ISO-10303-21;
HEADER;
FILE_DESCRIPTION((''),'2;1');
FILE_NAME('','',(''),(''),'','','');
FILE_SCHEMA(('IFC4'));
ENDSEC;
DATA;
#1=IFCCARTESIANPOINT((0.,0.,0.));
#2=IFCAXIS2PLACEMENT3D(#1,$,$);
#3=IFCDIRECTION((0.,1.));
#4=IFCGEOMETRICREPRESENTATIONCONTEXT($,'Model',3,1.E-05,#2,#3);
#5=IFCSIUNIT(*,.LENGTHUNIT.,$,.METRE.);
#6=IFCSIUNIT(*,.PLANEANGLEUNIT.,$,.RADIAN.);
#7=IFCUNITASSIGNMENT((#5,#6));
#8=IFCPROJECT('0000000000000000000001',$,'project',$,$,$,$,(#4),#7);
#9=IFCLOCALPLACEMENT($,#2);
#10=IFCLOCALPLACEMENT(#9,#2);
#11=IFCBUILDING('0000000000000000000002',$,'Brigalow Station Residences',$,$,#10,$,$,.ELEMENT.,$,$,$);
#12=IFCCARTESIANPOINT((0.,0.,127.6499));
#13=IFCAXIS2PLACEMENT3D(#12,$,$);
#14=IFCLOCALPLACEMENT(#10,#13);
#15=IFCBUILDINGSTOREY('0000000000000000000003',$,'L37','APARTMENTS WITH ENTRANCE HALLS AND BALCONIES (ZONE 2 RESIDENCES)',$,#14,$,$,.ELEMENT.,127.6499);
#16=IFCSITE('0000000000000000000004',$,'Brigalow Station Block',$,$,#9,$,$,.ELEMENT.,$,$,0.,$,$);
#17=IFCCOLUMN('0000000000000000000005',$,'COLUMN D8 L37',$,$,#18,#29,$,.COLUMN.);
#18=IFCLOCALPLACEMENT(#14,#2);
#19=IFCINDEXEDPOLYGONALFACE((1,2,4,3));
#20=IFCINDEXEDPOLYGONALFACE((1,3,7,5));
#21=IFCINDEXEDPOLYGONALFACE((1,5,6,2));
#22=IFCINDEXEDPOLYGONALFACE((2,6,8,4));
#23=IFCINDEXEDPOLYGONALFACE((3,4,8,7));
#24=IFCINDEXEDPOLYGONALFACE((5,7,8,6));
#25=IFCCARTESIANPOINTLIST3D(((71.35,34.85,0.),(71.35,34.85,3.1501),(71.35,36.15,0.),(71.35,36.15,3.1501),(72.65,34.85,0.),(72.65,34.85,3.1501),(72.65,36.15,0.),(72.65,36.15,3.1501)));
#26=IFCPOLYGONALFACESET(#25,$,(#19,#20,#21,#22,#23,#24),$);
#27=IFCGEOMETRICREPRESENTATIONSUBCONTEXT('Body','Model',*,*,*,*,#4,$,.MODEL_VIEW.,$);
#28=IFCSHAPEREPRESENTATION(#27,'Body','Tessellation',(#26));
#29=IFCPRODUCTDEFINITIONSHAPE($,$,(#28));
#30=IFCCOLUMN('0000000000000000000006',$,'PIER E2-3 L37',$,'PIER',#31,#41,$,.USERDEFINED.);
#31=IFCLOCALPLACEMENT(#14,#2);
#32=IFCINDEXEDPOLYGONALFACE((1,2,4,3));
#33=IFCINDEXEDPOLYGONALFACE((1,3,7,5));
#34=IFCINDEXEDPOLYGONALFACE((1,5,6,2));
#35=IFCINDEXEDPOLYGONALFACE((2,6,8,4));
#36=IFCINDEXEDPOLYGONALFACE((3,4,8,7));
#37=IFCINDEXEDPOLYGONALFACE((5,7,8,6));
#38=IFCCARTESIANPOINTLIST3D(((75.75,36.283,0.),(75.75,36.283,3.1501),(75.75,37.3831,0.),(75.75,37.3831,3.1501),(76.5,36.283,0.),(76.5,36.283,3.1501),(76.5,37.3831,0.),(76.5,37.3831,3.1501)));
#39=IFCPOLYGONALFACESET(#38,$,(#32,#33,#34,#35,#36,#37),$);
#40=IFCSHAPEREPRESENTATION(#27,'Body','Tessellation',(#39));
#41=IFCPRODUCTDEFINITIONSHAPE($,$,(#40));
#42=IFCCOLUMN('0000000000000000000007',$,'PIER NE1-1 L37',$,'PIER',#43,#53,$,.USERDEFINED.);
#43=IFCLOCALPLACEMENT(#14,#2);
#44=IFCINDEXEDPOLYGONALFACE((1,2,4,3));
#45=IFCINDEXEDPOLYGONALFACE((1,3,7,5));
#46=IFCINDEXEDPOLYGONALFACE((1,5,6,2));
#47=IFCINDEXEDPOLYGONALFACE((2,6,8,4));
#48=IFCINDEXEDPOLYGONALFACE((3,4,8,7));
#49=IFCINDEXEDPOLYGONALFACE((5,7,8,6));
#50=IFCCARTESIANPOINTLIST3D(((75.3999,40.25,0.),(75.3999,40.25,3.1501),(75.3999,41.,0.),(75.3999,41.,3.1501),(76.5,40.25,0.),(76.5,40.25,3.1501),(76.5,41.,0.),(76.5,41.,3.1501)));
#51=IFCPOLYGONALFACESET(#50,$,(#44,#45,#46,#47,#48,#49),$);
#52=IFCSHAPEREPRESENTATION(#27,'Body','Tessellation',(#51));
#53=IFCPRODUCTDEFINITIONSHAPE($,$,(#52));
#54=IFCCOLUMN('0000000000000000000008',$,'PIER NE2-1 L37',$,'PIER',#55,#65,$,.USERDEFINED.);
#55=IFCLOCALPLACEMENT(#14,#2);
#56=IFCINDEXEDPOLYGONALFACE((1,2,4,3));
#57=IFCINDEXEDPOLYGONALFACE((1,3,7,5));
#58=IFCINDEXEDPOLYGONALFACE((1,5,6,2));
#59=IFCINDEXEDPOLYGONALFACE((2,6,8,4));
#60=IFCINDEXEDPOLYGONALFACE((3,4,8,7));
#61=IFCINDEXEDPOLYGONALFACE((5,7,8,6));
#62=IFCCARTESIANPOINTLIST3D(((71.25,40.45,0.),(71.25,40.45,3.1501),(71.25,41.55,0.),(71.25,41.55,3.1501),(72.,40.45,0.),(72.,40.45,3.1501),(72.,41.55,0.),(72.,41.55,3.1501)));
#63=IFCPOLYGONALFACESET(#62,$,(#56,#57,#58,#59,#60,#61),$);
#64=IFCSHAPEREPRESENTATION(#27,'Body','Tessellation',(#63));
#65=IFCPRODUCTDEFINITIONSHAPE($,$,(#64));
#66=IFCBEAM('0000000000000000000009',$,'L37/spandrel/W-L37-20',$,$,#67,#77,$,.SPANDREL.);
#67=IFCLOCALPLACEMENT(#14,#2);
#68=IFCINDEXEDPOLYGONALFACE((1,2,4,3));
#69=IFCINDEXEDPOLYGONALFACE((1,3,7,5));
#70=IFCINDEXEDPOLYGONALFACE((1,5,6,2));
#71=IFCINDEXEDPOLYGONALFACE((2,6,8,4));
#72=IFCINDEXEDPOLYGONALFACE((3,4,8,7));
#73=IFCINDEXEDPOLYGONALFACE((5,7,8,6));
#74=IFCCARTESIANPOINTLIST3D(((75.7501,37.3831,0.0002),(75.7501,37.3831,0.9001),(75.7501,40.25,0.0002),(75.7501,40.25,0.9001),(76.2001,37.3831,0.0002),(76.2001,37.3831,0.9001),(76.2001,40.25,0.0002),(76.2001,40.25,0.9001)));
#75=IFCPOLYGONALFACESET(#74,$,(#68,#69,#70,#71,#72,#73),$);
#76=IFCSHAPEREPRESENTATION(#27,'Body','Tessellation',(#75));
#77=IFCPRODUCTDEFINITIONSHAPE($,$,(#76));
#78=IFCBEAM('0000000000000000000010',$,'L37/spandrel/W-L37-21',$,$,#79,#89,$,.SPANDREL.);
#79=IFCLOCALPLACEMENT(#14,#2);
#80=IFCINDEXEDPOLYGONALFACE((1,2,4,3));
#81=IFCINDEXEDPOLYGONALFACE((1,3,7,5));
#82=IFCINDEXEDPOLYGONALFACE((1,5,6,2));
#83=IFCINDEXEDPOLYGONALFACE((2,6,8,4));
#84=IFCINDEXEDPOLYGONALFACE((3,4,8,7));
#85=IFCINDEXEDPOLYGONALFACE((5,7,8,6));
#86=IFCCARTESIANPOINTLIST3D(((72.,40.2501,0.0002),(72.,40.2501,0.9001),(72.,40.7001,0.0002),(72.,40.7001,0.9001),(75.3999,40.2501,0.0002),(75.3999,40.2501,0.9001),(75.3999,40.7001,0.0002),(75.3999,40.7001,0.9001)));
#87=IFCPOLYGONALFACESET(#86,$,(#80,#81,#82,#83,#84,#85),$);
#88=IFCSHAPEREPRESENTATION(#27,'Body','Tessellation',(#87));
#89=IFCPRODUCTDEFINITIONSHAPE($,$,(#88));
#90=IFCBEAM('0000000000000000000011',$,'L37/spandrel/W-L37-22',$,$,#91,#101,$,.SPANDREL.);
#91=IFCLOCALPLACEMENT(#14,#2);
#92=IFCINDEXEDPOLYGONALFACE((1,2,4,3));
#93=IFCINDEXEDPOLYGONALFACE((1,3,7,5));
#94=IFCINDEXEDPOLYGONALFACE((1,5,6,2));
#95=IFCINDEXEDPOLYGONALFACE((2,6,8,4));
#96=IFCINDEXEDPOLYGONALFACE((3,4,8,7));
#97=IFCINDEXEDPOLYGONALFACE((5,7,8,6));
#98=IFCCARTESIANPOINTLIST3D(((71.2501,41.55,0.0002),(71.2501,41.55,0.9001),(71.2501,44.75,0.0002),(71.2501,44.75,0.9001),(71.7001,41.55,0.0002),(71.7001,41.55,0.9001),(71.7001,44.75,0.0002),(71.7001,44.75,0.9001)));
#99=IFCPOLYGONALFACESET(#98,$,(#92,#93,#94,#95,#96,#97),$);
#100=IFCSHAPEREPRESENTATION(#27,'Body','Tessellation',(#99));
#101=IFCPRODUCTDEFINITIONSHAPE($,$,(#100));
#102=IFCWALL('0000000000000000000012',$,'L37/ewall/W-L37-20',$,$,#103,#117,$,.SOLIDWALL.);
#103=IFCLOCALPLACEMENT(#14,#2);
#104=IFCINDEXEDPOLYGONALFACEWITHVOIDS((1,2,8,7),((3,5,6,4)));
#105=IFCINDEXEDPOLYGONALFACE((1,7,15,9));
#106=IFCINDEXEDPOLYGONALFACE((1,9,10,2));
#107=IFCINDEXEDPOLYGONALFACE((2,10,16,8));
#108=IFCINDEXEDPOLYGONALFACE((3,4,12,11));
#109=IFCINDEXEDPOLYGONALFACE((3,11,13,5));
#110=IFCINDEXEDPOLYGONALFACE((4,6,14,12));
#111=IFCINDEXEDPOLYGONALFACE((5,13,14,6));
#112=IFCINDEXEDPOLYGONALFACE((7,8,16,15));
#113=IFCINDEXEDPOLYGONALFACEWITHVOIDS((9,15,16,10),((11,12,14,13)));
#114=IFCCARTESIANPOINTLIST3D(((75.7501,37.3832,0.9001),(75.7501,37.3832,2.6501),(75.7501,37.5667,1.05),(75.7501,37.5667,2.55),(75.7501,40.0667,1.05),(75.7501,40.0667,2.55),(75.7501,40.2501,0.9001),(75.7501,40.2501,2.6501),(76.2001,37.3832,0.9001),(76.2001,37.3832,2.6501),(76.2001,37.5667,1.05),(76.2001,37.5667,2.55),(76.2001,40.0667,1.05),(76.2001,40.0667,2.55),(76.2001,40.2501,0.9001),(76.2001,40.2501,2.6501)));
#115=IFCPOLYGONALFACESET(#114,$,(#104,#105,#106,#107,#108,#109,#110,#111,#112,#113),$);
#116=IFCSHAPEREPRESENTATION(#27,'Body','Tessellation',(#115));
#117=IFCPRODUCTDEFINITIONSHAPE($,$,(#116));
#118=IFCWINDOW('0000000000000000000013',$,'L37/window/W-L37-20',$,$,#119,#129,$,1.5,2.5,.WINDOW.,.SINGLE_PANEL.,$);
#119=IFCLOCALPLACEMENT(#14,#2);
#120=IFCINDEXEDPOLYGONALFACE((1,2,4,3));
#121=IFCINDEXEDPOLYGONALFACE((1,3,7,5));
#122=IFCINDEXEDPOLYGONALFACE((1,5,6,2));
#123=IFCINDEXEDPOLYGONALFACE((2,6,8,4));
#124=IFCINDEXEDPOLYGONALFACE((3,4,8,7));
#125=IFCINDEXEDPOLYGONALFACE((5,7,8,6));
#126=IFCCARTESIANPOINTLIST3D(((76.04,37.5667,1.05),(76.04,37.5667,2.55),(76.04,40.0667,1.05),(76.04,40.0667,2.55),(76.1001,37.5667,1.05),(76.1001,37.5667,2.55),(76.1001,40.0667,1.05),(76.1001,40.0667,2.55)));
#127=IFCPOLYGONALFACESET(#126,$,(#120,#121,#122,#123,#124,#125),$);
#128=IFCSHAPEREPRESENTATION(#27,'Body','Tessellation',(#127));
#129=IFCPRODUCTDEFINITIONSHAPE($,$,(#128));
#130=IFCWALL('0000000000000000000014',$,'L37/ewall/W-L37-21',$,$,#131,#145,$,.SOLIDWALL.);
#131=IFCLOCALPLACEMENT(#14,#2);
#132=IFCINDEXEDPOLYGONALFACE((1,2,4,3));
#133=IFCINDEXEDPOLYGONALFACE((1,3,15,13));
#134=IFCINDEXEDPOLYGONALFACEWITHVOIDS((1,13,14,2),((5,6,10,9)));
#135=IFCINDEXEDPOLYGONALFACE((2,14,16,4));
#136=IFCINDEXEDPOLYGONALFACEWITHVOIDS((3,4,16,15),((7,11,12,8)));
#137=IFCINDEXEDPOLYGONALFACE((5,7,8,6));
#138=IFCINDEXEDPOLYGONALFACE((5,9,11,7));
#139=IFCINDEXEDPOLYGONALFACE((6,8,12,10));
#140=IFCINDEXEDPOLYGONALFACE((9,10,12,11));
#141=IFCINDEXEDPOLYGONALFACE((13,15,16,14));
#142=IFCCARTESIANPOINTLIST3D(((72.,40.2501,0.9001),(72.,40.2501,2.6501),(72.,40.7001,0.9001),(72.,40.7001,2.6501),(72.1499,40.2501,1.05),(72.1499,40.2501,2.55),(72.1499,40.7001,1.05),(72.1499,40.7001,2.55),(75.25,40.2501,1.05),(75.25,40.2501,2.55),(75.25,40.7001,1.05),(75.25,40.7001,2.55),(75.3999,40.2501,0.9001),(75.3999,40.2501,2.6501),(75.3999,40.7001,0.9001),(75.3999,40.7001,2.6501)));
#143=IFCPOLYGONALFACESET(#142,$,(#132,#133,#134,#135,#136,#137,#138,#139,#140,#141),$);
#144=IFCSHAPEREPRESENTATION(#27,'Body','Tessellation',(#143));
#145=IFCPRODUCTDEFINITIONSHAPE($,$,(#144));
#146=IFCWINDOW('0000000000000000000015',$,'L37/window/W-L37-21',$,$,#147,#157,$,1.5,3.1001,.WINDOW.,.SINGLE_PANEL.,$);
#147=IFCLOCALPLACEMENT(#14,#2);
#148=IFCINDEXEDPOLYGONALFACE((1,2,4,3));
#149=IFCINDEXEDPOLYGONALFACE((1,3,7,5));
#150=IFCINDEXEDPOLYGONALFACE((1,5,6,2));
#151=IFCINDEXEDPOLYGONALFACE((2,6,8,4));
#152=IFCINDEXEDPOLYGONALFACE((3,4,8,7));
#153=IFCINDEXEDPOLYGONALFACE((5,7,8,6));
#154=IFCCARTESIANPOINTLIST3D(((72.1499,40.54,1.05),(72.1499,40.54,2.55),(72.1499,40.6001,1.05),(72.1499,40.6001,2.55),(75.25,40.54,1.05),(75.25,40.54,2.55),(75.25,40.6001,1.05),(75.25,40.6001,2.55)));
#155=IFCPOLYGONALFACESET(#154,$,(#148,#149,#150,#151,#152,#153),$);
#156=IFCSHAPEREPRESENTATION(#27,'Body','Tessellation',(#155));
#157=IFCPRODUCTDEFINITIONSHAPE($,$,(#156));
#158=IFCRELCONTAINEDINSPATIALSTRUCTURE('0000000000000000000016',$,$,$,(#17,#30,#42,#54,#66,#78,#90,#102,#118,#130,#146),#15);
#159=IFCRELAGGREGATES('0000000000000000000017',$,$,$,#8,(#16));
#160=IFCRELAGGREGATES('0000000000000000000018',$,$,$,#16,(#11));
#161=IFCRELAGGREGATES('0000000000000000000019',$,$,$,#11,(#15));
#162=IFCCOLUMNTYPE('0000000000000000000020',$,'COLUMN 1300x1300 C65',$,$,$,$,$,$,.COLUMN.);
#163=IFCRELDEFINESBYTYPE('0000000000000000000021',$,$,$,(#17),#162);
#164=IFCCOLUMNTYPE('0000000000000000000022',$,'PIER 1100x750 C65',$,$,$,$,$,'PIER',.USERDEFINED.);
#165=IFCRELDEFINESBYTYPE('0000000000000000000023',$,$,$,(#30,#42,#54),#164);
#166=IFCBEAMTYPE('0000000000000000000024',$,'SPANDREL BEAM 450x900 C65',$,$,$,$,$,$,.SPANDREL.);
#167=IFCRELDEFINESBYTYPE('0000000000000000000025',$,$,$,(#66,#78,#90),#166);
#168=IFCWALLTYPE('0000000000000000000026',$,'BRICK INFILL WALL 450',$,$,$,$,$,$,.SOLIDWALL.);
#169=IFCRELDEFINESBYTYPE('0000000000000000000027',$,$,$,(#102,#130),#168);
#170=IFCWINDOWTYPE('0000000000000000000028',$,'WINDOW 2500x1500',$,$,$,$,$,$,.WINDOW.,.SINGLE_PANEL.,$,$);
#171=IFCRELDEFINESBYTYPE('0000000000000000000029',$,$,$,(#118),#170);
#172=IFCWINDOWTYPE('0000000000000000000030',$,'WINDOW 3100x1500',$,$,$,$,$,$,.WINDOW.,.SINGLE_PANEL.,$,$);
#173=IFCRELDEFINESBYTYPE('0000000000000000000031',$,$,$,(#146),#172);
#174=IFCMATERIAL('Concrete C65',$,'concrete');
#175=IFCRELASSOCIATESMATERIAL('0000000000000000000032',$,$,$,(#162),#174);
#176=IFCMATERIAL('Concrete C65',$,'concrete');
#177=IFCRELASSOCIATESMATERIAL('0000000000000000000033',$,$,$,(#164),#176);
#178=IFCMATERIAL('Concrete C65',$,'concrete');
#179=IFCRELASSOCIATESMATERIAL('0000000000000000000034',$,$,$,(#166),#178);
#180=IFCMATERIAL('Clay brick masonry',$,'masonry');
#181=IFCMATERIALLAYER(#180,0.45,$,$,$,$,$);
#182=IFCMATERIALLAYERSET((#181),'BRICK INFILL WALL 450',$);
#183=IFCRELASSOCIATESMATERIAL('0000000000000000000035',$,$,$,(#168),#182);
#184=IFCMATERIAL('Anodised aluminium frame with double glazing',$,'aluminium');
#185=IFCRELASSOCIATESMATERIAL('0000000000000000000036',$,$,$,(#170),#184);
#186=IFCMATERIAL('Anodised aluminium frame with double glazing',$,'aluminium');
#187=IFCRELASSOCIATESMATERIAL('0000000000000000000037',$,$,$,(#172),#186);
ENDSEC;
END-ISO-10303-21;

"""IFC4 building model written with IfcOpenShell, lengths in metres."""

from ifc_helpers import new_model, si_unit, direction, frame, frame_2d, origin, origin_2d, place, context, subcontext, project, spatial, rectangle, extrude, material, layer, layer_set, material_profile, profile_set, type_object, element, fill, save


model = new_model("IFC4")

# Units and contexts
model_context = context("Model", 3, precision=1e-05, world=origin(), true_north=direction((0.0, 1.0)))
body_context = subcontext(model_context, "Body", "Model", "MODEL_VIEW")
ifc_project = project(units=[si_unit("LENGTHUNIT", "METRE"), si_unit("PLANEANGLEUNIT", "RADIAN")], contexts=[model_context])

# Site, building, storey
site_placement = place(None, origin())
site = spatial("IfcSite", under=ifc_project, at=site_placement, Name="Brigalow Station Block", CompositionType="ELEMENT", RefElevation=0.0)
building_placement = place(site_placement, origin())
building = spatial("IfcBuilding", under=site, at=building_placement, Name="Brigalow Station Residences", CompositionType="ELEMENT")
storey_placement = place(building_placement, frame((0.0, 0.0, 127.6499)))
storey = spatial("IfcBuildingStorey", under=building, at=storey_placement, Name="L37", Description="APARTMENTS WITH ENTRANCE HALLS AND BALCONIES (ZONE 2 RESIDENCES)", CompositionType="ELEMENT", Elevation=127.6499)

# Columns
ifc_material_1 = material(Name="Concrete C65", Category="concrete")
ifc_material_profile_1 = material_profile(ifc_material_1, rectangle(XDim=1.3, YDim=1.3, at=origin_2d()), Name="RC1300x1300")
ifc_profile_set_1 = profile_set([ifc_material_profile_1], Name="Concrete C65")
column_type_1 = type_object("IfcColumnType", Name="COLUMN 1300x1300 C65", PredefinedType="COLUMN", material=ifc_profile_set_1)
column_placement = place(storey_placement, frame((72.0, 35.5, 0.0), z_axis=(0.0, 0.0, 1.0), x_axis=(1.0, 0.0, 0.0)))
element("IfcColumn", 1, at=column_placement, inside=storey, type_object=column_type_1, Name="COLUMN D8 L37", PredefinedType="COLUMN", context=body_context, shape_type="SweptSolid", body=[
    extrude(rectangle(XDim=1.3, YDim=1.3, at=origin_2d()), origin(), (0.0, 0.0, 1.0), 3.1501),
])
ifc_material_2 = material(Name="Concrete C65", Category="concrete")
ifc_material_profile_2 = material_profile(ifc_material_2, rectangle(XDim=1.1001, YDim=0.75, at=origin_2d()), Name="RC1100x750")
ifc_profile_set_2 = profile_set([ifc_material_profile_2], Name="Concrete C65")
column_type_2 = type_object("IfcColumnType", Name="PIER 1100x750 C65", ElementType="PIER", PredefinedType="USERDEFINED", material=ifc_profile_set_2)
for number, where, z_axis, x_axis, name in (
    (2, (76.125, 36.833, 0.0), (0.0, 0.0, 1.0), (0.0, 1.0, 0.0), "PIER E2-3 L37"),
    (3, (75.95, 40.625, 0.0), (0.0, 0.0, 1.0), (-1.0, 0.0, 0.0), "PIER NE1-1 L37"),
    (4, (71.625, 41.0, 0.0), (0.0, 0.0, 1.0), (0.0, 1.0, 0.0), "PIER NE2-1 L37"),
):
    element("IfcColumn", number, at=place(storey_placement, frame(where, z_axis=z_axis, x_axis=x_axis)), inside=storey, type_object=column_type_2, Name=name, ObjectType="PIER", PredefinedType="USERDEFINED", context=body_context, shape_type="SweptSolid", body=[
        extrude(rectangle(XDim=1.1001, YDim=0.75, at=origin_2d()), origin(), (0.0, 0.0, 1.0), 3.1501),
    ])

# Beams
ifc_material_3 = material(Name="Concrete C65", Category="concrete")
ifc_material_profile_3 = material_profile(ifc_material_3, rectangle(XDim=0.45, YDim=0.8999, at=origin_2d()), Name="RC450x900")
ifc_profile_set_3 = profile_set([ifc_material_profile_3], Name="Concrete C65")
beam_type = type_object("IfcBeamType", Name="SPANDREL BEAM 450x900 C65", PredefinedType="SPANDREL", material=ifc_profile_set_3)
beam_1_placement = place(storey_placement, frame((75.9751, 37.3831, 0.4502), z_axis=(0.0, 1.0, 0.0), x_axis=(-1.0, 0.0, 0.0)))
element("IfcBeam", 5, at=beam_1_placement, inside=storey, type_object=beam_type, Name="L37/spandrel/W-L37-20", PredefinedType="SPANDREL", context=body_context, shape_type="SweptSolid", body=[
    extrude(rectangle(XDim=0.45, YDim=0.8999, at=origin_2d()), origin(), (0.0, 0.0, 1.0), 2.8669),
])
beam_2_placement = place(storey_placement, frame((75.3999, 40.4751, 0.4502), z_axis=(-1.0, 0.0, 0.0), x_axis=(0.0, -1.0, 0.0)))
element("IfcBeam", 6, at=beam_2_placement, inside=storey, type_object=beam_type, Name="L37/spandrel/W-L37-21", PredefinedType="SPANDREL", context=body_context, shape_type="SweptSolid", body=[
    extrude(rectangle(XDim=0.45, YDim=0.8999, at=origin_2d()), origin(), (0.0, 0.0, 1.0), 3.3999),
])
beam_3_placement = place(storey_placement, frame((71.4751, 41.55, 0.4502), z_axis=(0.0, 1.0, 0.0), x_axis=(-1.0, 0.0, 0.0)))
element("IfcBeam", 7, at=beam_3_placement, inside=storey, type_object=beam_type, Name="L37/spandrel/W-L37-22", PredefinedType="SPANDREL", context=body_context, shape_type="SweptSolid", body=[
    extrude(rectangle(XDim=0.45, YDim=0.8999, at=origin_2d()), origin(), (0.0, 0.0, 1.0), 3.2),
])

# Walls, openings, windows
ifc_material_4 = material(Name="Clay brick masonry", Category="masonry")
ifc_layer_1 = layer(ifc_material_4, 0.45)
ifc_layer_set_1 = layer_set([ifc_layer_1], Name="BRICK INFILL WALL 450")
wall_type_1 = type_object("IfcWallType", Name="BRICK INFILL WALL 450", PredefinedType="SOLIDWALL", material=ifc_layer_set_1)
wall_1_placement = place(storey_placement, frame((75.9751, 37.3831, 0.9001), z_axis=(0.0, 0.0, 1.0), x_axis=(0.0, 1.0, 0.0)))
wall_1 = element("IfcWall", 8, at=wall_1_placement, inside=storey, type_object=wall_type_1, Name="L37/ewall/W-L37-20", PredefinedType="SOLIDWALL", context=body_context, shape_type="SweptSolid", body=[
    extrude(rectangle(XDim=2.8669, YDim=0.45, at=frame_2d((1.4336, 0.0))), origin(), (0.0, 0.0, 1.0), 1.75),
])
opening_1_placement = place(wall_1_placement, frame((0.1836, 0.0, 0.1499)))
opening_1 = element("IfcOpeningElement", 9, at=opening_1_placement, cuts=wall_1, PredefinedType="OPENING", context=body_context, shape_type="SweptSolid", body=[
    extrude(rectangle(XDim=2.5, YDim=1.5, at=frame_2d((1.25, 0.75))), frame((0.0, 0.2349, 0.0), z_axis=(0.0, -1.0, 0.0), x_axis=(1.0, 0.0, 0.0)), (0.0, 0.0, 1.0), 0.47),
])
ifc_material_5 = material(Name="Anodised aluminium frame with double glazing", Category="aluminium")
window_type_1 = type_object("IfcWindowType", Name="WINDOW 2500x1500", PartitioningType="SINGLE_PANEL", PredefinedType="WINDOW", material=ifc_material_5)
window_1_placement = place(opening_1_placement, origin())
window_1 = element("IfcWindow", 10, at=window_1_placement, inside=storey, type_object=window_type_1, Name="L37/window/W-L37-20", OverallHeight=1.5, OverallWidth=2.5, PartitioningType="SINGLE_PANEL", PredefinedType="WINDOW", context=body_context, shape_type="SweptSolid", body=[
    extrude(rectangle(XDim=2.5, YDim=1.5, at=frame_2d((1.25, 0.75))), frame((0.0, -0.0649, 0.0), z_axis=(0.0, -1.0, 0.0), x_axis=(1.0, 0.0, 0.0)), (0.0, 0.0, 1.0), 0.0601),
])
fill(opening_1, window_1)
wall_2_placement = place(storey_placement, frame((75.3999, 40.4751, 0.9001), z_axis=(0.0, 0.0, 1.0), x_axis=(-1.0, 0.0, 0.0)))
wall_2 = element("IfcWall", 11, at=wall_2_placement, inside=storey, type_object=wall_type_1, Name="L37/ewall/W-L37-21", PredefinedType="SOLIDWALL", context=body_context, shape_type="SweptSolid", body=[
    extrude(rectangle(XDim=3.3999, YDim=0.45, at=frame_2d((1.7, 0.0))), origin(), (0.0, 0.0, 1.0), 1.75),
])
opening_2_placement = place(wall_2_placement, frame((0.1499, 0.0, 0.1499)))
opening_2 = element("IfcOpeningElement", 12, at=opening_2_placement, cuts=wall_2, PredefinedType="OPENING", context=body_context, shape_type="SweptSolid", body=[
    extrude(rectangle(XDim=3.1001, YDim=1.5, at=frame_2d((1.55, 0.75))), frame((0.0, 0.2349, 0.0), z_axis=(0.0, -1.0, 0.0), x_axis=(1.0, 0.0, 0.0)), (0.0, 0.0, 1.0), 0.47),
])
ifc_material_6 = material(Name="Anodised aluminium frame with double glazing", Category="aluminium")
window_type_2 = type_object("IfcWindowType", Name="WINDOW 3100x1500", PartitioningType="SINGLE_PANEL", PredefinedType="WINDOW", material=ifc_material_6)
window_2_placement = place(opening_2_placement, origin())
window_2 = element("IfcWindow", 13, at=window_2_placement, inside=storey, type_object=window_type_2, Name="L37/window/W-L37-21", OverallHeight=1.5, OverallWidth=3.1001, PartitioningType="SINGLE_PANEL", PredefinedType="WINDOW", context=body_context, shape_type="SweptSolid", body=[
    extrude(rectangle(XDim=3.1001, YDim=1.5, at=frame_2d((1.55, 0.75))), frame((0.0, -0.0649, 0.0), z_axis=(0.0, -1.0, 0.0), x_axis=(1.0, 0.0, 0.0)), (0.0, 0.0, 1.0), 0.0601),
])
fill(opening_2, window_2)

save(model, "model.ifc")
